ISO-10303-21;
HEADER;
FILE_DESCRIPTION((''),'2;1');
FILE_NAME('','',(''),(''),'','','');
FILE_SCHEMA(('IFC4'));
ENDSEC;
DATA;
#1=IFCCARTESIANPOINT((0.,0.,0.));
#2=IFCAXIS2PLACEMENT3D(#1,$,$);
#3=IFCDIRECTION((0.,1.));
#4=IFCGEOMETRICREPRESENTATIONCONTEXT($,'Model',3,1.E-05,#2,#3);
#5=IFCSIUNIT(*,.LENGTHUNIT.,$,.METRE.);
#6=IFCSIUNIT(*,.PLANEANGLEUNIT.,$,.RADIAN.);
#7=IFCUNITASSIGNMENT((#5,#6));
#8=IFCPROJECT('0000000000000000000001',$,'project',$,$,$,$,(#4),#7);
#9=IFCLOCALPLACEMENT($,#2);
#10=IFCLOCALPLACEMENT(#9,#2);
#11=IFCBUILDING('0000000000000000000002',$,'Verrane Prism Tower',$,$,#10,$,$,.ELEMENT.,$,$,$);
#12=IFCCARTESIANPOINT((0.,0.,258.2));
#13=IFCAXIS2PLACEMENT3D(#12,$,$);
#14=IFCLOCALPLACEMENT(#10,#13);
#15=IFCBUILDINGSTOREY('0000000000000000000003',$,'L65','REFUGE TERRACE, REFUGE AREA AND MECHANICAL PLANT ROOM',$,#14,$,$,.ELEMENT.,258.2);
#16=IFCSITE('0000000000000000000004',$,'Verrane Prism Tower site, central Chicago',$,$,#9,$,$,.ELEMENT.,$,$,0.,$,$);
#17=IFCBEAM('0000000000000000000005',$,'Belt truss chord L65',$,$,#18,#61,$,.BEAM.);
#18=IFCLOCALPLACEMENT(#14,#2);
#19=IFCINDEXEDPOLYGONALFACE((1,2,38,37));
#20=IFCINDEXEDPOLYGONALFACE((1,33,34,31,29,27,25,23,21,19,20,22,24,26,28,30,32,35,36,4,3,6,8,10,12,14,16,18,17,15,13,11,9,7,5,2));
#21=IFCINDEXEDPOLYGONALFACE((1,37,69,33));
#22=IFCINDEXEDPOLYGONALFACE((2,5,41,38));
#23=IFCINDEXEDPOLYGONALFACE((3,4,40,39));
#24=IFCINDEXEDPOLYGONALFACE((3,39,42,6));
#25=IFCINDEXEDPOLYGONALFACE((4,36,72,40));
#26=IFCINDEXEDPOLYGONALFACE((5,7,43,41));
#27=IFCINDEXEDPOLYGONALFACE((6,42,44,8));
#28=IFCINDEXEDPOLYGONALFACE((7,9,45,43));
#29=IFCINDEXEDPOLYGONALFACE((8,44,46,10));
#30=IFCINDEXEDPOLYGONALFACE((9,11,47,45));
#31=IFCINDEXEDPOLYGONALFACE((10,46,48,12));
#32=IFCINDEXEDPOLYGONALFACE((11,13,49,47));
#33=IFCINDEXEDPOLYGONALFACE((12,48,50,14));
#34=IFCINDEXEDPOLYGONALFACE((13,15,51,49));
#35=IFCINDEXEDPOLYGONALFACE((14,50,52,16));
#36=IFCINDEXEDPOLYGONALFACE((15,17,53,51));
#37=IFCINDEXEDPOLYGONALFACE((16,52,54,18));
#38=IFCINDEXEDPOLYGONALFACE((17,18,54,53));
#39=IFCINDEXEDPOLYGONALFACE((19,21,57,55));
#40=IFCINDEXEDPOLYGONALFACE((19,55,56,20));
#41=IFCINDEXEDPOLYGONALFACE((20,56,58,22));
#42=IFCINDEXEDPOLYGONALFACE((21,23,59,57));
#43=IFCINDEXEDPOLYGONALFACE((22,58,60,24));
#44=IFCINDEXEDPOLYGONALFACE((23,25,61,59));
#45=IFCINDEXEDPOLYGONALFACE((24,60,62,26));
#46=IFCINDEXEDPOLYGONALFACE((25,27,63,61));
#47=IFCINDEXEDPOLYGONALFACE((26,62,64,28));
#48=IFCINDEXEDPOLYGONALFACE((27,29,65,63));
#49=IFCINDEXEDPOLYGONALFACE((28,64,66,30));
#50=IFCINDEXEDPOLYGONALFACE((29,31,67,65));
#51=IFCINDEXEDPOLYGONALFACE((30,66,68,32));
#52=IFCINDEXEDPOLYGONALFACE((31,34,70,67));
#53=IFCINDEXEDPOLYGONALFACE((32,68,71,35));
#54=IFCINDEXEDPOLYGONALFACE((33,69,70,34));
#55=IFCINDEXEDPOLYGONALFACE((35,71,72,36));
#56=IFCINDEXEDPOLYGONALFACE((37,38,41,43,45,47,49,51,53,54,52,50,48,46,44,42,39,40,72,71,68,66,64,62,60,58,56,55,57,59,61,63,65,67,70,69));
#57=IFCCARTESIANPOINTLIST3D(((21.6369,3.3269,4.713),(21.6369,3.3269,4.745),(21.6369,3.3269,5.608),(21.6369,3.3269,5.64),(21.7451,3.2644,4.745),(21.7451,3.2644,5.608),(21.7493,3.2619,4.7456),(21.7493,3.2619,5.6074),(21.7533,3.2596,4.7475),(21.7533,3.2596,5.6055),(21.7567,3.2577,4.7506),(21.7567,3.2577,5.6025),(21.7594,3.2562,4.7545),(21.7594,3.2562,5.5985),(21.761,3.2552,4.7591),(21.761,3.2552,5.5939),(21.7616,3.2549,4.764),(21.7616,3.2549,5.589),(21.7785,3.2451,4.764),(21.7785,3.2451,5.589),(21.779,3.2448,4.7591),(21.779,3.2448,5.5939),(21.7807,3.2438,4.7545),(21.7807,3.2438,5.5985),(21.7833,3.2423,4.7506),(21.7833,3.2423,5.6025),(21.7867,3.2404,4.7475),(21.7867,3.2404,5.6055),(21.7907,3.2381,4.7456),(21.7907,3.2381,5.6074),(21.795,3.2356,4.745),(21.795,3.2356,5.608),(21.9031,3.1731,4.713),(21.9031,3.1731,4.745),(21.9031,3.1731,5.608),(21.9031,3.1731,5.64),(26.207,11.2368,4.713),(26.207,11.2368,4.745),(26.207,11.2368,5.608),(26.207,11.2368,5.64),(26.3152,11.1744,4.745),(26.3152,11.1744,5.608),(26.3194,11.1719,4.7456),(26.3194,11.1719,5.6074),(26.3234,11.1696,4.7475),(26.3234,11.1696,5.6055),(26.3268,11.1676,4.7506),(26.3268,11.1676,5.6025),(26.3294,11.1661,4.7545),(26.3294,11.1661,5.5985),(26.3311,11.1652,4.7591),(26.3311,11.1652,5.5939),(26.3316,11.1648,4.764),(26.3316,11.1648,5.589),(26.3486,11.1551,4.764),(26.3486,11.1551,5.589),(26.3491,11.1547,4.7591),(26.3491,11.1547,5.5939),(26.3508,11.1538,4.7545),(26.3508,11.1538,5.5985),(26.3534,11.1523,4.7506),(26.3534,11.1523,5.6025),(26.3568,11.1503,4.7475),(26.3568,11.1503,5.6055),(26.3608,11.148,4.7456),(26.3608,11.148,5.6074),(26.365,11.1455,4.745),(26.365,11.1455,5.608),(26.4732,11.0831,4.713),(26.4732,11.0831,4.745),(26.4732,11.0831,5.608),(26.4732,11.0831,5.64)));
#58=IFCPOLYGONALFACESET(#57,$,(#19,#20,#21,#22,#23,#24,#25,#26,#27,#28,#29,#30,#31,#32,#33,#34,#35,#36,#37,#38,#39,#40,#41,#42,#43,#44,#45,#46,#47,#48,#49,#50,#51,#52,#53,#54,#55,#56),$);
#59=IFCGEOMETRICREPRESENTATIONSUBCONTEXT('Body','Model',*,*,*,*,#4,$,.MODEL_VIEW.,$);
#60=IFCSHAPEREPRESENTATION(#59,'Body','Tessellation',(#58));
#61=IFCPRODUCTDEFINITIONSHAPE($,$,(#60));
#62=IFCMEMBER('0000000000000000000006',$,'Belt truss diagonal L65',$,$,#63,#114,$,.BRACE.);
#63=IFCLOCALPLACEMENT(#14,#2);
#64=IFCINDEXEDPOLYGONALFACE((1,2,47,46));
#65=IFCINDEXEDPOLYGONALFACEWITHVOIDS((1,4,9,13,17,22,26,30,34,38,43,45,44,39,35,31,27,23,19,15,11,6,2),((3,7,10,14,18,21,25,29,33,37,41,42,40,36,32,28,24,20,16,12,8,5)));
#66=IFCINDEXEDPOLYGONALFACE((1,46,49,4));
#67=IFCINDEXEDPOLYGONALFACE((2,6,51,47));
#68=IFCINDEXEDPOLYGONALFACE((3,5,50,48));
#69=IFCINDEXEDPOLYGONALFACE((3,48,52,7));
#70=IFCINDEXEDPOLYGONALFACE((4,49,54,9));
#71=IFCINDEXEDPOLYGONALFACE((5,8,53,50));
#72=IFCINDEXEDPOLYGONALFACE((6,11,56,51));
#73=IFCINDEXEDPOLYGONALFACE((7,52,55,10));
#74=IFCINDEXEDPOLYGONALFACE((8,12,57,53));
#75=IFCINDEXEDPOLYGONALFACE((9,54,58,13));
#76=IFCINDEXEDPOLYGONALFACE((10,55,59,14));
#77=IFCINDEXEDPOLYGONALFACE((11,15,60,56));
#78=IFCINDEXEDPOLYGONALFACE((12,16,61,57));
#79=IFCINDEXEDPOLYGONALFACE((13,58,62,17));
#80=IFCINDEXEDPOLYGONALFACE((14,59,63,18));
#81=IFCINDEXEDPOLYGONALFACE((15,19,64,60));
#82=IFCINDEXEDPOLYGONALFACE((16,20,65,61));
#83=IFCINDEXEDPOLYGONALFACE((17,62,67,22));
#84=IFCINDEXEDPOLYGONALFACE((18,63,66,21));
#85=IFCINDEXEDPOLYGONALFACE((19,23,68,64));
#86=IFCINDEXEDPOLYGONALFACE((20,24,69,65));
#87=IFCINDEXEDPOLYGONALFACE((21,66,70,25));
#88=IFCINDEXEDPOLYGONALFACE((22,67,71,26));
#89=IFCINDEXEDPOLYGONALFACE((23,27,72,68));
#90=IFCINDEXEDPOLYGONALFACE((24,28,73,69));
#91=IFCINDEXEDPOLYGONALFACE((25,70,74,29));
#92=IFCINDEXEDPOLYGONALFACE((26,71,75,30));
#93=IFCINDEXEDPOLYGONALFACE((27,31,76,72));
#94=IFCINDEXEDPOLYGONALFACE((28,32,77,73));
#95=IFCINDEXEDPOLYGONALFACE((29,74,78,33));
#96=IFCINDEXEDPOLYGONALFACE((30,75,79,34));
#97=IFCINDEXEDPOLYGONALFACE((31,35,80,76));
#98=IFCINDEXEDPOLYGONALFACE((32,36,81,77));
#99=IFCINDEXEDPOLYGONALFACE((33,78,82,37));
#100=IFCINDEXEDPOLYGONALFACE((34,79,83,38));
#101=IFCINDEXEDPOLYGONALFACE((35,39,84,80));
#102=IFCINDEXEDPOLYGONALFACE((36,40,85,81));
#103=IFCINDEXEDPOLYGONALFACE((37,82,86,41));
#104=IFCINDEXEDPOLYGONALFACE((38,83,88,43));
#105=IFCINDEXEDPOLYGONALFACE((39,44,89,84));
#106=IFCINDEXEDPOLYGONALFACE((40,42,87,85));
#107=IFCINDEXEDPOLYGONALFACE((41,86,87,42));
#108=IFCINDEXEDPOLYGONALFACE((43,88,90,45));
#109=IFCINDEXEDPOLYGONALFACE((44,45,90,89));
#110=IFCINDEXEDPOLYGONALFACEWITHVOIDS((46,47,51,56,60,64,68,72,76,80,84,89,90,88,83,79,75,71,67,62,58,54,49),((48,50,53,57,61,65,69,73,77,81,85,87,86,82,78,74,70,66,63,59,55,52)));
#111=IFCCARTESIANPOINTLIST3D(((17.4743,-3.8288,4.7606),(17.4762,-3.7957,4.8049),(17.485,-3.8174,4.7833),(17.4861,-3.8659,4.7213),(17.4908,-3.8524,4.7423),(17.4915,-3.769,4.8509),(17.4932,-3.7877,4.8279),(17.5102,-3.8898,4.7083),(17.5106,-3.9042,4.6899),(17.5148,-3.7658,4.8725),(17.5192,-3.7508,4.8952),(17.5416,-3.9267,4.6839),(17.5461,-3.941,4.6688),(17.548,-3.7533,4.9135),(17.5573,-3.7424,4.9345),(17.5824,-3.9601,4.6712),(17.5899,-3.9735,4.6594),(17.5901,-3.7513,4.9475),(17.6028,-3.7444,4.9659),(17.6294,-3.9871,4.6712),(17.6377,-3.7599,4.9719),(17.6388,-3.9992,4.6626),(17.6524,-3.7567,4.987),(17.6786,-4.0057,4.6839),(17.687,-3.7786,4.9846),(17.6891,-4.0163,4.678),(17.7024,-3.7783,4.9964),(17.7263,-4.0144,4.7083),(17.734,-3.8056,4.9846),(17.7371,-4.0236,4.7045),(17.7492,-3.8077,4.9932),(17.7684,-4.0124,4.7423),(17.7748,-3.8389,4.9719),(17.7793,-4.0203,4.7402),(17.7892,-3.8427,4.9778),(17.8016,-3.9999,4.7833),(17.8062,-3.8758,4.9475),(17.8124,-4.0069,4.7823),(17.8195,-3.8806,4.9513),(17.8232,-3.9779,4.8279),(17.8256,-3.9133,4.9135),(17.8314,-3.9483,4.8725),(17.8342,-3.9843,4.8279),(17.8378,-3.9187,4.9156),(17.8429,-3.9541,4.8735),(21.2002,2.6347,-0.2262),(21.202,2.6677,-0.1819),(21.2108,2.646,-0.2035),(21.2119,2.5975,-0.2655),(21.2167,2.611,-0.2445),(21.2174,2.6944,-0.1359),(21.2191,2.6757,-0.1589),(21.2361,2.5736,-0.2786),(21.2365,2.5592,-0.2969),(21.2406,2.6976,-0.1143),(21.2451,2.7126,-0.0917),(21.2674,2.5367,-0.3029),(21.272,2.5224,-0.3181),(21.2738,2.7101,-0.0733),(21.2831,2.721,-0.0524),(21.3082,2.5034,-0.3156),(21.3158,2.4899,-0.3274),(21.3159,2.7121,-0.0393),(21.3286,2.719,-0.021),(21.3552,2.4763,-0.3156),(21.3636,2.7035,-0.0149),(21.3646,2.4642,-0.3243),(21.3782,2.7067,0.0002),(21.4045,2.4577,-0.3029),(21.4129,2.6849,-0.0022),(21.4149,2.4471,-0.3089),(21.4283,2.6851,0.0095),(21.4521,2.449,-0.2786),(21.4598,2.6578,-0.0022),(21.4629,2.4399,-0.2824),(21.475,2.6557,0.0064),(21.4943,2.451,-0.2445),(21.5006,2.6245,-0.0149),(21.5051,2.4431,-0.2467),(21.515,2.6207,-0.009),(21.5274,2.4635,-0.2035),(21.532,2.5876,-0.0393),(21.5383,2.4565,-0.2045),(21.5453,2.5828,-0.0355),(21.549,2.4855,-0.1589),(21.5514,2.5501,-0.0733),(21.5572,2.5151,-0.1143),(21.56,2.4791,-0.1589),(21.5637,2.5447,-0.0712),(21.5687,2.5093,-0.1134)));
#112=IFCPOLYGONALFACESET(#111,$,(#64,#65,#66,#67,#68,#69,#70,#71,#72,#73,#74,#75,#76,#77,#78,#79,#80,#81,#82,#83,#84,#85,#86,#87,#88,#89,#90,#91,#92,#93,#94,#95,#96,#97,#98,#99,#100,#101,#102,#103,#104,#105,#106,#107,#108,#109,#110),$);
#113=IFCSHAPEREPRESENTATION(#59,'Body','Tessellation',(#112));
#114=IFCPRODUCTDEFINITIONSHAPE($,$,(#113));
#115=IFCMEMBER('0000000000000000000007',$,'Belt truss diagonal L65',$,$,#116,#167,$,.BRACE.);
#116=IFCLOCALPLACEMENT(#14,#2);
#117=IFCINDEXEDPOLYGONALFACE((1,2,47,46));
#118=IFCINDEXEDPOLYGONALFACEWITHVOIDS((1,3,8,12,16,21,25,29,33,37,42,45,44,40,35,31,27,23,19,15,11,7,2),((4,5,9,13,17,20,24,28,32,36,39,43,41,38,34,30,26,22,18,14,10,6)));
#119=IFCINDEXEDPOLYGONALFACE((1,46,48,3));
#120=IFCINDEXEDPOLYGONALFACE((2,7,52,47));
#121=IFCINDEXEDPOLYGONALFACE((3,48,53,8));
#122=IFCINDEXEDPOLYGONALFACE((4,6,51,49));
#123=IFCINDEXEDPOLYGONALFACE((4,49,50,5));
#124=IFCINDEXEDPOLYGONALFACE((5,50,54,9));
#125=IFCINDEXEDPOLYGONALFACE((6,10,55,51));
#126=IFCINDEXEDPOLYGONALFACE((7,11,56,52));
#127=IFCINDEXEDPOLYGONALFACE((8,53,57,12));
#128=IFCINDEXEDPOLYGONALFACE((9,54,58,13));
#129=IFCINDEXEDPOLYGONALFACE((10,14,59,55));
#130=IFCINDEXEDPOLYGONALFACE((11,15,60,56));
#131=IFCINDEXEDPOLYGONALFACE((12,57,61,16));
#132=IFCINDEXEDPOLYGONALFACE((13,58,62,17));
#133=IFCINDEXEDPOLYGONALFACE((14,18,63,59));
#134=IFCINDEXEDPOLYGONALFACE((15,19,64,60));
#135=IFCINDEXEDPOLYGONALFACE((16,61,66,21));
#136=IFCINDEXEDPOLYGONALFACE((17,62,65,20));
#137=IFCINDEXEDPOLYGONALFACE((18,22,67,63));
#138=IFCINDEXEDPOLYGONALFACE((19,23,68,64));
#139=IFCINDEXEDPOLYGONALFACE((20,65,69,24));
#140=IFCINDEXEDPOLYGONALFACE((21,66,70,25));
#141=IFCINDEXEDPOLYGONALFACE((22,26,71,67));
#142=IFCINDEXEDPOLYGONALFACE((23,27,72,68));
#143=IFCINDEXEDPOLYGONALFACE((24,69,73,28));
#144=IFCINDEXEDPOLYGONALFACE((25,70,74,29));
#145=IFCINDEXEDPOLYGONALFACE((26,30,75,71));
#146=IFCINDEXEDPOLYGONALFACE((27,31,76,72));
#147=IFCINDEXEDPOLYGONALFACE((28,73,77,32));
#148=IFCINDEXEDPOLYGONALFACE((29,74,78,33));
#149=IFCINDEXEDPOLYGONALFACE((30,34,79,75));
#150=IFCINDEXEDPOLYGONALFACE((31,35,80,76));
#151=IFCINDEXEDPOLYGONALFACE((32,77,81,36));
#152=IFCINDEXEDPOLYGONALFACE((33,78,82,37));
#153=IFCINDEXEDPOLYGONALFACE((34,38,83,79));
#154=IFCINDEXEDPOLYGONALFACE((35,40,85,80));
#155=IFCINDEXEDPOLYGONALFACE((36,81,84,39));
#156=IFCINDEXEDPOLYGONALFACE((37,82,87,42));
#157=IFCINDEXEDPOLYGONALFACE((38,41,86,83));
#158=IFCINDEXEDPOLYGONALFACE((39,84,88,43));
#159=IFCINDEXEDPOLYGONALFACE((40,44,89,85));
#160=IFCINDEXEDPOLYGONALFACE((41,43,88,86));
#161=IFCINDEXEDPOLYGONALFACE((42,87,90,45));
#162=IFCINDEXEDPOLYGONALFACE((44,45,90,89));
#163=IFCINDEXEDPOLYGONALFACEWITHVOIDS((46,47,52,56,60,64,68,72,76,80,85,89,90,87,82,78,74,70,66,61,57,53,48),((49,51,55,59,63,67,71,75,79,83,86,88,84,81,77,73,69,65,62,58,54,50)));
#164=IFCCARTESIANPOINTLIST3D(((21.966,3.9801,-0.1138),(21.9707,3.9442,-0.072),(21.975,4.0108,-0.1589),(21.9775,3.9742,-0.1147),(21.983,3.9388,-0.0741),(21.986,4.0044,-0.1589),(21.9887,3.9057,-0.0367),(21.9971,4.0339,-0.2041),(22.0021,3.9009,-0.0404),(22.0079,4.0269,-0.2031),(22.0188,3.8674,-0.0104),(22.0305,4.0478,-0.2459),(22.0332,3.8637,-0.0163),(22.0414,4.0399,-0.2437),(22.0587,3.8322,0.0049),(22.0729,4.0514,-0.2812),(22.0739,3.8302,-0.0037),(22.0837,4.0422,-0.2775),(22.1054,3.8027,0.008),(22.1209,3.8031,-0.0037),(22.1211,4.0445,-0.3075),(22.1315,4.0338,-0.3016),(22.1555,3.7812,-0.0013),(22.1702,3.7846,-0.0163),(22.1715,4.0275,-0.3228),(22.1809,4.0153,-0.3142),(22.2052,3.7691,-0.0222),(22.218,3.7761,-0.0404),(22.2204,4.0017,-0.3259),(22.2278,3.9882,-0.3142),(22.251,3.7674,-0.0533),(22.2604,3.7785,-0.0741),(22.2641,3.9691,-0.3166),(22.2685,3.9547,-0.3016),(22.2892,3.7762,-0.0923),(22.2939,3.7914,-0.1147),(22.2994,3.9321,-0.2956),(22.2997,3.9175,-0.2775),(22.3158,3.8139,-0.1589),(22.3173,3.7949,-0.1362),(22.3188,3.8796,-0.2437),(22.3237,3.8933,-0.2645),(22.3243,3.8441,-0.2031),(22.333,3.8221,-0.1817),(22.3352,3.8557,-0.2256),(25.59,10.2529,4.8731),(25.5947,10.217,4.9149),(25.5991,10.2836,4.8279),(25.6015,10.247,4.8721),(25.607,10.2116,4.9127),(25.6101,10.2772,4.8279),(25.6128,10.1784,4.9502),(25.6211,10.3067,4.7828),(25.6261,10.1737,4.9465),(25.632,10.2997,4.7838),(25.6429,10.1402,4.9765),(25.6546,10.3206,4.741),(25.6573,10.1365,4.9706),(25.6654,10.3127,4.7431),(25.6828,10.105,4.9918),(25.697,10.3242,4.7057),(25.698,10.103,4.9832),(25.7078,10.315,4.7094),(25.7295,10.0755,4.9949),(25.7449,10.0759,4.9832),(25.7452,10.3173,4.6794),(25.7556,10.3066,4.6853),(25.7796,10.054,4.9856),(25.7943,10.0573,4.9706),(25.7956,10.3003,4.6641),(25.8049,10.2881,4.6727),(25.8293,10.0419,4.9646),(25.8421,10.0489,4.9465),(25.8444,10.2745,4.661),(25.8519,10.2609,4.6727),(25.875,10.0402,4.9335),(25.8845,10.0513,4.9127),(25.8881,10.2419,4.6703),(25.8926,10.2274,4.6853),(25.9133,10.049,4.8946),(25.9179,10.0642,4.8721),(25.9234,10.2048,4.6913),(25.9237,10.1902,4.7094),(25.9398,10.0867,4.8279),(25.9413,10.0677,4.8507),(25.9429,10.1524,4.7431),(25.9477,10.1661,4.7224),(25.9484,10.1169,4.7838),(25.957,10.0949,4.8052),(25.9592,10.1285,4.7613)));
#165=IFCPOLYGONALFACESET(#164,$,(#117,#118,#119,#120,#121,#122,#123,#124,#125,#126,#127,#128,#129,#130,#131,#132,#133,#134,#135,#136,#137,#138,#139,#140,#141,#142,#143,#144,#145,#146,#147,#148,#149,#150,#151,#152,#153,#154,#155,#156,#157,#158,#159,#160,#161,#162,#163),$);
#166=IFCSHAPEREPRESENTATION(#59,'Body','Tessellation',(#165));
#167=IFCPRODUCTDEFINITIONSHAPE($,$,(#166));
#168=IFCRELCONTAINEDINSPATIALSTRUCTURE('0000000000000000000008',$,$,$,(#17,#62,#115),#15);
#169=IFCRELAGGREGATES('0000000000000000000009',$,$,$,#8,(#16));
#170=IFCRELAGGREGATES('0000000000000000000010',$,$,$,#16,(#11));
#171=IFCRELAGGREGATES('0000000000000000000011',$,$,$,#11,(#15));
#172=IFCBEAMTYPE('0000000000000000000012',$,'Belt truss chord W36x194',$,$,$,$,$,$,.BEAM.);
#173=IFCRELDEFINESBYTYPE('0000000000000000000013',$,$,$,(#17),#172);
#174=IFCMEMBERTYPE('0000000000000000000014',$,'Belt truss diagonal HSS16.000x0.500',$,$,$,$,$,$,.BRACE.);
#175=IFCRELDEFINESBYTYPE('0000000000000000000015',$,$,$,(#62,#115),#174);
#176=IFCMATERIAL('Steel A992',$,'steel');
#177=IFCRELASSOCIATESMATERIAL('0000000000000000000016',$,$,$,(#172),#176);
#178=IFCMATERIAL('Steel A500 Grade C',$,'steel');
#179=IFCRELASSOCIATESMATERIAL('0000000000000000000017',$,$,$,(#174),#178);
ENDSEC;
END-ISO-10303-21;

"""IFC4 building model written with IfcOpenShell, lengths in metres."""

from ifc_helpers import new_model, si_unit, direction, frame, origin, origin_2d, place, context, subcontext, project, spatial, hollow_circle, i_section, extrude, material, material_profile, profile_set, type_object, element, save


model = new_model("IFC4")

# Units and contexts
model_context = context("Model", 3, precision=1e-05, world=origin(), true_north=direction((0.0, 1.0)))
body_context = subcontext(model_context, "Body", "Model", "MODEL_VIEW")
ifc_project = project(units=[si_unit("LENGTHUNIT", "METRE"), si_unit("PLANEANGLEUNIT", "RADIAN")], contexts=[model_context])

# Site, building, storey
site_placement = place(None, origin())
site = spatial("IfcSite", under=ifc_project, at=site_placement, Name="Verrane Prism Tower site, central Chicago", CompositionType="ELEMENT", RefElevation=0.0)
building_placement = place(site_placement, origin())
building = spatial("IfcBuilding", under=site, at=building_placement, Name="Verrane Prism Tower", CompositionType="ELEMENT")
storey_placement = place(building_placement, frame((0.0, 0.0, 258.2)))
storey = spatial("IfcBuildingStorey", under=building, at=storey_placement, Name="L65", Description="REFUGE TERRACE, REFUGE AREA AND MECHANICAL PLANT ROOM", CompositionType="ELEMENT", Elevation=258.2)

# Beam
ifc_material_1 = material(Name="Steel A992", Category="steel")
ifc_material_profile_1 = material_profile(ifc_material_1, i_section(OverallWidth=0.3074, OverallDepth=0.927, WebThickness=0.0195, FlangeThickness=0.032, FilletRadius=0.019, at=origin_2d()), Name="W36x194")
ifc_profile_set_1 = profile_set([ifc_material_profile_1], Name="Steel A992")
beam_type_1 = type_object("IfcBeamType", Name="Belt truss chord W36x194", PredefinedType="BEAM", material=ifc_profile_set_1)
beam_1_placement = place(storey_placement, frame((21.77, 3.25, 5.1765), z_axis=(0.500269, 0.86587, 0.0), x_axis=(-0.86587, 0.500269, 0.0)))
element("IfcBeam", 1, at=beam_1_placement, inside=storey, type_object=beam_type_1, Name="Belt truss chord L65", PredefinedType="BEAM", context=body_context, shape_type="SweptSolid", body=[
    extrude(i_section(OverallWidth=0.3074, OverallDepth=0.927, WebThickness=0.0195, FlangeThickness=0.032, FilletRadius=0.019, at=origin_2d()), origin(), (0.0, 0.0, 1.0), 9.1353),
])

# Members
ifc_material_2 = material(Name="Steel A500 Grade C", Category="steel")
ifc_material_profile_2 = material_profile(ifc_material_2, hollow_circle(Radius=0.2031, WallThickness=0.0127, at=origin_2d()), Name="HSS16.000x0.500")
ifc_profile_set_2 = profile_set([ifc_material_profile_2], Name="Steel A500 Grade C")
member_type_1 = type_object("IfcMemberType", Name="Belt truss diagonal HSS16.000x0.500", PredefinedType="BRACE", material=ifc_profile_set_2)
member_1_placement = place(storey_placement, frame((21.384, 2.5806, -0.1589), z_axis=(-0.415199, -0.720266, 0.555721), x_axis=(0.866362, -0.499416, 0.0)))
element("IfcMember", 2, at=member_1_placement, inside=storey, type_object=member_type_1, Name="Belt truss diagonal L65", PredefinedType="BRACE", context=body_context, shape_type="SweptSolid", body=[
    extrude(hollow_circle(Radius=0.2031, WallThickness=0.0127, at=origin_2d()), origin(), (0.0, 0.0, 1.0), 8.9736),
])
member_2_placement = place(storey_placement, frame((22.1509, 3.9092, -0.1589), z_axis=(0.412064, 0.713228, 0.567018), x_axis=(-0.865877, 0.500256, 0.0)))
element("IfcMember", 3, at=member_2_placement, inside=storey, type_object=member_type_1, Name="Belt truss diagonal L65", PredefinedType="BRACE", context=body_context, shape_type="SweptSolid", body=[
    extrude(hollow_circle(Radius=0.2031, WallThickness=0.0127, at=origin_2d()), origin(), (0.0, 0.0, 1.0), 8.7949),
])

save(model, "model.ifc")
